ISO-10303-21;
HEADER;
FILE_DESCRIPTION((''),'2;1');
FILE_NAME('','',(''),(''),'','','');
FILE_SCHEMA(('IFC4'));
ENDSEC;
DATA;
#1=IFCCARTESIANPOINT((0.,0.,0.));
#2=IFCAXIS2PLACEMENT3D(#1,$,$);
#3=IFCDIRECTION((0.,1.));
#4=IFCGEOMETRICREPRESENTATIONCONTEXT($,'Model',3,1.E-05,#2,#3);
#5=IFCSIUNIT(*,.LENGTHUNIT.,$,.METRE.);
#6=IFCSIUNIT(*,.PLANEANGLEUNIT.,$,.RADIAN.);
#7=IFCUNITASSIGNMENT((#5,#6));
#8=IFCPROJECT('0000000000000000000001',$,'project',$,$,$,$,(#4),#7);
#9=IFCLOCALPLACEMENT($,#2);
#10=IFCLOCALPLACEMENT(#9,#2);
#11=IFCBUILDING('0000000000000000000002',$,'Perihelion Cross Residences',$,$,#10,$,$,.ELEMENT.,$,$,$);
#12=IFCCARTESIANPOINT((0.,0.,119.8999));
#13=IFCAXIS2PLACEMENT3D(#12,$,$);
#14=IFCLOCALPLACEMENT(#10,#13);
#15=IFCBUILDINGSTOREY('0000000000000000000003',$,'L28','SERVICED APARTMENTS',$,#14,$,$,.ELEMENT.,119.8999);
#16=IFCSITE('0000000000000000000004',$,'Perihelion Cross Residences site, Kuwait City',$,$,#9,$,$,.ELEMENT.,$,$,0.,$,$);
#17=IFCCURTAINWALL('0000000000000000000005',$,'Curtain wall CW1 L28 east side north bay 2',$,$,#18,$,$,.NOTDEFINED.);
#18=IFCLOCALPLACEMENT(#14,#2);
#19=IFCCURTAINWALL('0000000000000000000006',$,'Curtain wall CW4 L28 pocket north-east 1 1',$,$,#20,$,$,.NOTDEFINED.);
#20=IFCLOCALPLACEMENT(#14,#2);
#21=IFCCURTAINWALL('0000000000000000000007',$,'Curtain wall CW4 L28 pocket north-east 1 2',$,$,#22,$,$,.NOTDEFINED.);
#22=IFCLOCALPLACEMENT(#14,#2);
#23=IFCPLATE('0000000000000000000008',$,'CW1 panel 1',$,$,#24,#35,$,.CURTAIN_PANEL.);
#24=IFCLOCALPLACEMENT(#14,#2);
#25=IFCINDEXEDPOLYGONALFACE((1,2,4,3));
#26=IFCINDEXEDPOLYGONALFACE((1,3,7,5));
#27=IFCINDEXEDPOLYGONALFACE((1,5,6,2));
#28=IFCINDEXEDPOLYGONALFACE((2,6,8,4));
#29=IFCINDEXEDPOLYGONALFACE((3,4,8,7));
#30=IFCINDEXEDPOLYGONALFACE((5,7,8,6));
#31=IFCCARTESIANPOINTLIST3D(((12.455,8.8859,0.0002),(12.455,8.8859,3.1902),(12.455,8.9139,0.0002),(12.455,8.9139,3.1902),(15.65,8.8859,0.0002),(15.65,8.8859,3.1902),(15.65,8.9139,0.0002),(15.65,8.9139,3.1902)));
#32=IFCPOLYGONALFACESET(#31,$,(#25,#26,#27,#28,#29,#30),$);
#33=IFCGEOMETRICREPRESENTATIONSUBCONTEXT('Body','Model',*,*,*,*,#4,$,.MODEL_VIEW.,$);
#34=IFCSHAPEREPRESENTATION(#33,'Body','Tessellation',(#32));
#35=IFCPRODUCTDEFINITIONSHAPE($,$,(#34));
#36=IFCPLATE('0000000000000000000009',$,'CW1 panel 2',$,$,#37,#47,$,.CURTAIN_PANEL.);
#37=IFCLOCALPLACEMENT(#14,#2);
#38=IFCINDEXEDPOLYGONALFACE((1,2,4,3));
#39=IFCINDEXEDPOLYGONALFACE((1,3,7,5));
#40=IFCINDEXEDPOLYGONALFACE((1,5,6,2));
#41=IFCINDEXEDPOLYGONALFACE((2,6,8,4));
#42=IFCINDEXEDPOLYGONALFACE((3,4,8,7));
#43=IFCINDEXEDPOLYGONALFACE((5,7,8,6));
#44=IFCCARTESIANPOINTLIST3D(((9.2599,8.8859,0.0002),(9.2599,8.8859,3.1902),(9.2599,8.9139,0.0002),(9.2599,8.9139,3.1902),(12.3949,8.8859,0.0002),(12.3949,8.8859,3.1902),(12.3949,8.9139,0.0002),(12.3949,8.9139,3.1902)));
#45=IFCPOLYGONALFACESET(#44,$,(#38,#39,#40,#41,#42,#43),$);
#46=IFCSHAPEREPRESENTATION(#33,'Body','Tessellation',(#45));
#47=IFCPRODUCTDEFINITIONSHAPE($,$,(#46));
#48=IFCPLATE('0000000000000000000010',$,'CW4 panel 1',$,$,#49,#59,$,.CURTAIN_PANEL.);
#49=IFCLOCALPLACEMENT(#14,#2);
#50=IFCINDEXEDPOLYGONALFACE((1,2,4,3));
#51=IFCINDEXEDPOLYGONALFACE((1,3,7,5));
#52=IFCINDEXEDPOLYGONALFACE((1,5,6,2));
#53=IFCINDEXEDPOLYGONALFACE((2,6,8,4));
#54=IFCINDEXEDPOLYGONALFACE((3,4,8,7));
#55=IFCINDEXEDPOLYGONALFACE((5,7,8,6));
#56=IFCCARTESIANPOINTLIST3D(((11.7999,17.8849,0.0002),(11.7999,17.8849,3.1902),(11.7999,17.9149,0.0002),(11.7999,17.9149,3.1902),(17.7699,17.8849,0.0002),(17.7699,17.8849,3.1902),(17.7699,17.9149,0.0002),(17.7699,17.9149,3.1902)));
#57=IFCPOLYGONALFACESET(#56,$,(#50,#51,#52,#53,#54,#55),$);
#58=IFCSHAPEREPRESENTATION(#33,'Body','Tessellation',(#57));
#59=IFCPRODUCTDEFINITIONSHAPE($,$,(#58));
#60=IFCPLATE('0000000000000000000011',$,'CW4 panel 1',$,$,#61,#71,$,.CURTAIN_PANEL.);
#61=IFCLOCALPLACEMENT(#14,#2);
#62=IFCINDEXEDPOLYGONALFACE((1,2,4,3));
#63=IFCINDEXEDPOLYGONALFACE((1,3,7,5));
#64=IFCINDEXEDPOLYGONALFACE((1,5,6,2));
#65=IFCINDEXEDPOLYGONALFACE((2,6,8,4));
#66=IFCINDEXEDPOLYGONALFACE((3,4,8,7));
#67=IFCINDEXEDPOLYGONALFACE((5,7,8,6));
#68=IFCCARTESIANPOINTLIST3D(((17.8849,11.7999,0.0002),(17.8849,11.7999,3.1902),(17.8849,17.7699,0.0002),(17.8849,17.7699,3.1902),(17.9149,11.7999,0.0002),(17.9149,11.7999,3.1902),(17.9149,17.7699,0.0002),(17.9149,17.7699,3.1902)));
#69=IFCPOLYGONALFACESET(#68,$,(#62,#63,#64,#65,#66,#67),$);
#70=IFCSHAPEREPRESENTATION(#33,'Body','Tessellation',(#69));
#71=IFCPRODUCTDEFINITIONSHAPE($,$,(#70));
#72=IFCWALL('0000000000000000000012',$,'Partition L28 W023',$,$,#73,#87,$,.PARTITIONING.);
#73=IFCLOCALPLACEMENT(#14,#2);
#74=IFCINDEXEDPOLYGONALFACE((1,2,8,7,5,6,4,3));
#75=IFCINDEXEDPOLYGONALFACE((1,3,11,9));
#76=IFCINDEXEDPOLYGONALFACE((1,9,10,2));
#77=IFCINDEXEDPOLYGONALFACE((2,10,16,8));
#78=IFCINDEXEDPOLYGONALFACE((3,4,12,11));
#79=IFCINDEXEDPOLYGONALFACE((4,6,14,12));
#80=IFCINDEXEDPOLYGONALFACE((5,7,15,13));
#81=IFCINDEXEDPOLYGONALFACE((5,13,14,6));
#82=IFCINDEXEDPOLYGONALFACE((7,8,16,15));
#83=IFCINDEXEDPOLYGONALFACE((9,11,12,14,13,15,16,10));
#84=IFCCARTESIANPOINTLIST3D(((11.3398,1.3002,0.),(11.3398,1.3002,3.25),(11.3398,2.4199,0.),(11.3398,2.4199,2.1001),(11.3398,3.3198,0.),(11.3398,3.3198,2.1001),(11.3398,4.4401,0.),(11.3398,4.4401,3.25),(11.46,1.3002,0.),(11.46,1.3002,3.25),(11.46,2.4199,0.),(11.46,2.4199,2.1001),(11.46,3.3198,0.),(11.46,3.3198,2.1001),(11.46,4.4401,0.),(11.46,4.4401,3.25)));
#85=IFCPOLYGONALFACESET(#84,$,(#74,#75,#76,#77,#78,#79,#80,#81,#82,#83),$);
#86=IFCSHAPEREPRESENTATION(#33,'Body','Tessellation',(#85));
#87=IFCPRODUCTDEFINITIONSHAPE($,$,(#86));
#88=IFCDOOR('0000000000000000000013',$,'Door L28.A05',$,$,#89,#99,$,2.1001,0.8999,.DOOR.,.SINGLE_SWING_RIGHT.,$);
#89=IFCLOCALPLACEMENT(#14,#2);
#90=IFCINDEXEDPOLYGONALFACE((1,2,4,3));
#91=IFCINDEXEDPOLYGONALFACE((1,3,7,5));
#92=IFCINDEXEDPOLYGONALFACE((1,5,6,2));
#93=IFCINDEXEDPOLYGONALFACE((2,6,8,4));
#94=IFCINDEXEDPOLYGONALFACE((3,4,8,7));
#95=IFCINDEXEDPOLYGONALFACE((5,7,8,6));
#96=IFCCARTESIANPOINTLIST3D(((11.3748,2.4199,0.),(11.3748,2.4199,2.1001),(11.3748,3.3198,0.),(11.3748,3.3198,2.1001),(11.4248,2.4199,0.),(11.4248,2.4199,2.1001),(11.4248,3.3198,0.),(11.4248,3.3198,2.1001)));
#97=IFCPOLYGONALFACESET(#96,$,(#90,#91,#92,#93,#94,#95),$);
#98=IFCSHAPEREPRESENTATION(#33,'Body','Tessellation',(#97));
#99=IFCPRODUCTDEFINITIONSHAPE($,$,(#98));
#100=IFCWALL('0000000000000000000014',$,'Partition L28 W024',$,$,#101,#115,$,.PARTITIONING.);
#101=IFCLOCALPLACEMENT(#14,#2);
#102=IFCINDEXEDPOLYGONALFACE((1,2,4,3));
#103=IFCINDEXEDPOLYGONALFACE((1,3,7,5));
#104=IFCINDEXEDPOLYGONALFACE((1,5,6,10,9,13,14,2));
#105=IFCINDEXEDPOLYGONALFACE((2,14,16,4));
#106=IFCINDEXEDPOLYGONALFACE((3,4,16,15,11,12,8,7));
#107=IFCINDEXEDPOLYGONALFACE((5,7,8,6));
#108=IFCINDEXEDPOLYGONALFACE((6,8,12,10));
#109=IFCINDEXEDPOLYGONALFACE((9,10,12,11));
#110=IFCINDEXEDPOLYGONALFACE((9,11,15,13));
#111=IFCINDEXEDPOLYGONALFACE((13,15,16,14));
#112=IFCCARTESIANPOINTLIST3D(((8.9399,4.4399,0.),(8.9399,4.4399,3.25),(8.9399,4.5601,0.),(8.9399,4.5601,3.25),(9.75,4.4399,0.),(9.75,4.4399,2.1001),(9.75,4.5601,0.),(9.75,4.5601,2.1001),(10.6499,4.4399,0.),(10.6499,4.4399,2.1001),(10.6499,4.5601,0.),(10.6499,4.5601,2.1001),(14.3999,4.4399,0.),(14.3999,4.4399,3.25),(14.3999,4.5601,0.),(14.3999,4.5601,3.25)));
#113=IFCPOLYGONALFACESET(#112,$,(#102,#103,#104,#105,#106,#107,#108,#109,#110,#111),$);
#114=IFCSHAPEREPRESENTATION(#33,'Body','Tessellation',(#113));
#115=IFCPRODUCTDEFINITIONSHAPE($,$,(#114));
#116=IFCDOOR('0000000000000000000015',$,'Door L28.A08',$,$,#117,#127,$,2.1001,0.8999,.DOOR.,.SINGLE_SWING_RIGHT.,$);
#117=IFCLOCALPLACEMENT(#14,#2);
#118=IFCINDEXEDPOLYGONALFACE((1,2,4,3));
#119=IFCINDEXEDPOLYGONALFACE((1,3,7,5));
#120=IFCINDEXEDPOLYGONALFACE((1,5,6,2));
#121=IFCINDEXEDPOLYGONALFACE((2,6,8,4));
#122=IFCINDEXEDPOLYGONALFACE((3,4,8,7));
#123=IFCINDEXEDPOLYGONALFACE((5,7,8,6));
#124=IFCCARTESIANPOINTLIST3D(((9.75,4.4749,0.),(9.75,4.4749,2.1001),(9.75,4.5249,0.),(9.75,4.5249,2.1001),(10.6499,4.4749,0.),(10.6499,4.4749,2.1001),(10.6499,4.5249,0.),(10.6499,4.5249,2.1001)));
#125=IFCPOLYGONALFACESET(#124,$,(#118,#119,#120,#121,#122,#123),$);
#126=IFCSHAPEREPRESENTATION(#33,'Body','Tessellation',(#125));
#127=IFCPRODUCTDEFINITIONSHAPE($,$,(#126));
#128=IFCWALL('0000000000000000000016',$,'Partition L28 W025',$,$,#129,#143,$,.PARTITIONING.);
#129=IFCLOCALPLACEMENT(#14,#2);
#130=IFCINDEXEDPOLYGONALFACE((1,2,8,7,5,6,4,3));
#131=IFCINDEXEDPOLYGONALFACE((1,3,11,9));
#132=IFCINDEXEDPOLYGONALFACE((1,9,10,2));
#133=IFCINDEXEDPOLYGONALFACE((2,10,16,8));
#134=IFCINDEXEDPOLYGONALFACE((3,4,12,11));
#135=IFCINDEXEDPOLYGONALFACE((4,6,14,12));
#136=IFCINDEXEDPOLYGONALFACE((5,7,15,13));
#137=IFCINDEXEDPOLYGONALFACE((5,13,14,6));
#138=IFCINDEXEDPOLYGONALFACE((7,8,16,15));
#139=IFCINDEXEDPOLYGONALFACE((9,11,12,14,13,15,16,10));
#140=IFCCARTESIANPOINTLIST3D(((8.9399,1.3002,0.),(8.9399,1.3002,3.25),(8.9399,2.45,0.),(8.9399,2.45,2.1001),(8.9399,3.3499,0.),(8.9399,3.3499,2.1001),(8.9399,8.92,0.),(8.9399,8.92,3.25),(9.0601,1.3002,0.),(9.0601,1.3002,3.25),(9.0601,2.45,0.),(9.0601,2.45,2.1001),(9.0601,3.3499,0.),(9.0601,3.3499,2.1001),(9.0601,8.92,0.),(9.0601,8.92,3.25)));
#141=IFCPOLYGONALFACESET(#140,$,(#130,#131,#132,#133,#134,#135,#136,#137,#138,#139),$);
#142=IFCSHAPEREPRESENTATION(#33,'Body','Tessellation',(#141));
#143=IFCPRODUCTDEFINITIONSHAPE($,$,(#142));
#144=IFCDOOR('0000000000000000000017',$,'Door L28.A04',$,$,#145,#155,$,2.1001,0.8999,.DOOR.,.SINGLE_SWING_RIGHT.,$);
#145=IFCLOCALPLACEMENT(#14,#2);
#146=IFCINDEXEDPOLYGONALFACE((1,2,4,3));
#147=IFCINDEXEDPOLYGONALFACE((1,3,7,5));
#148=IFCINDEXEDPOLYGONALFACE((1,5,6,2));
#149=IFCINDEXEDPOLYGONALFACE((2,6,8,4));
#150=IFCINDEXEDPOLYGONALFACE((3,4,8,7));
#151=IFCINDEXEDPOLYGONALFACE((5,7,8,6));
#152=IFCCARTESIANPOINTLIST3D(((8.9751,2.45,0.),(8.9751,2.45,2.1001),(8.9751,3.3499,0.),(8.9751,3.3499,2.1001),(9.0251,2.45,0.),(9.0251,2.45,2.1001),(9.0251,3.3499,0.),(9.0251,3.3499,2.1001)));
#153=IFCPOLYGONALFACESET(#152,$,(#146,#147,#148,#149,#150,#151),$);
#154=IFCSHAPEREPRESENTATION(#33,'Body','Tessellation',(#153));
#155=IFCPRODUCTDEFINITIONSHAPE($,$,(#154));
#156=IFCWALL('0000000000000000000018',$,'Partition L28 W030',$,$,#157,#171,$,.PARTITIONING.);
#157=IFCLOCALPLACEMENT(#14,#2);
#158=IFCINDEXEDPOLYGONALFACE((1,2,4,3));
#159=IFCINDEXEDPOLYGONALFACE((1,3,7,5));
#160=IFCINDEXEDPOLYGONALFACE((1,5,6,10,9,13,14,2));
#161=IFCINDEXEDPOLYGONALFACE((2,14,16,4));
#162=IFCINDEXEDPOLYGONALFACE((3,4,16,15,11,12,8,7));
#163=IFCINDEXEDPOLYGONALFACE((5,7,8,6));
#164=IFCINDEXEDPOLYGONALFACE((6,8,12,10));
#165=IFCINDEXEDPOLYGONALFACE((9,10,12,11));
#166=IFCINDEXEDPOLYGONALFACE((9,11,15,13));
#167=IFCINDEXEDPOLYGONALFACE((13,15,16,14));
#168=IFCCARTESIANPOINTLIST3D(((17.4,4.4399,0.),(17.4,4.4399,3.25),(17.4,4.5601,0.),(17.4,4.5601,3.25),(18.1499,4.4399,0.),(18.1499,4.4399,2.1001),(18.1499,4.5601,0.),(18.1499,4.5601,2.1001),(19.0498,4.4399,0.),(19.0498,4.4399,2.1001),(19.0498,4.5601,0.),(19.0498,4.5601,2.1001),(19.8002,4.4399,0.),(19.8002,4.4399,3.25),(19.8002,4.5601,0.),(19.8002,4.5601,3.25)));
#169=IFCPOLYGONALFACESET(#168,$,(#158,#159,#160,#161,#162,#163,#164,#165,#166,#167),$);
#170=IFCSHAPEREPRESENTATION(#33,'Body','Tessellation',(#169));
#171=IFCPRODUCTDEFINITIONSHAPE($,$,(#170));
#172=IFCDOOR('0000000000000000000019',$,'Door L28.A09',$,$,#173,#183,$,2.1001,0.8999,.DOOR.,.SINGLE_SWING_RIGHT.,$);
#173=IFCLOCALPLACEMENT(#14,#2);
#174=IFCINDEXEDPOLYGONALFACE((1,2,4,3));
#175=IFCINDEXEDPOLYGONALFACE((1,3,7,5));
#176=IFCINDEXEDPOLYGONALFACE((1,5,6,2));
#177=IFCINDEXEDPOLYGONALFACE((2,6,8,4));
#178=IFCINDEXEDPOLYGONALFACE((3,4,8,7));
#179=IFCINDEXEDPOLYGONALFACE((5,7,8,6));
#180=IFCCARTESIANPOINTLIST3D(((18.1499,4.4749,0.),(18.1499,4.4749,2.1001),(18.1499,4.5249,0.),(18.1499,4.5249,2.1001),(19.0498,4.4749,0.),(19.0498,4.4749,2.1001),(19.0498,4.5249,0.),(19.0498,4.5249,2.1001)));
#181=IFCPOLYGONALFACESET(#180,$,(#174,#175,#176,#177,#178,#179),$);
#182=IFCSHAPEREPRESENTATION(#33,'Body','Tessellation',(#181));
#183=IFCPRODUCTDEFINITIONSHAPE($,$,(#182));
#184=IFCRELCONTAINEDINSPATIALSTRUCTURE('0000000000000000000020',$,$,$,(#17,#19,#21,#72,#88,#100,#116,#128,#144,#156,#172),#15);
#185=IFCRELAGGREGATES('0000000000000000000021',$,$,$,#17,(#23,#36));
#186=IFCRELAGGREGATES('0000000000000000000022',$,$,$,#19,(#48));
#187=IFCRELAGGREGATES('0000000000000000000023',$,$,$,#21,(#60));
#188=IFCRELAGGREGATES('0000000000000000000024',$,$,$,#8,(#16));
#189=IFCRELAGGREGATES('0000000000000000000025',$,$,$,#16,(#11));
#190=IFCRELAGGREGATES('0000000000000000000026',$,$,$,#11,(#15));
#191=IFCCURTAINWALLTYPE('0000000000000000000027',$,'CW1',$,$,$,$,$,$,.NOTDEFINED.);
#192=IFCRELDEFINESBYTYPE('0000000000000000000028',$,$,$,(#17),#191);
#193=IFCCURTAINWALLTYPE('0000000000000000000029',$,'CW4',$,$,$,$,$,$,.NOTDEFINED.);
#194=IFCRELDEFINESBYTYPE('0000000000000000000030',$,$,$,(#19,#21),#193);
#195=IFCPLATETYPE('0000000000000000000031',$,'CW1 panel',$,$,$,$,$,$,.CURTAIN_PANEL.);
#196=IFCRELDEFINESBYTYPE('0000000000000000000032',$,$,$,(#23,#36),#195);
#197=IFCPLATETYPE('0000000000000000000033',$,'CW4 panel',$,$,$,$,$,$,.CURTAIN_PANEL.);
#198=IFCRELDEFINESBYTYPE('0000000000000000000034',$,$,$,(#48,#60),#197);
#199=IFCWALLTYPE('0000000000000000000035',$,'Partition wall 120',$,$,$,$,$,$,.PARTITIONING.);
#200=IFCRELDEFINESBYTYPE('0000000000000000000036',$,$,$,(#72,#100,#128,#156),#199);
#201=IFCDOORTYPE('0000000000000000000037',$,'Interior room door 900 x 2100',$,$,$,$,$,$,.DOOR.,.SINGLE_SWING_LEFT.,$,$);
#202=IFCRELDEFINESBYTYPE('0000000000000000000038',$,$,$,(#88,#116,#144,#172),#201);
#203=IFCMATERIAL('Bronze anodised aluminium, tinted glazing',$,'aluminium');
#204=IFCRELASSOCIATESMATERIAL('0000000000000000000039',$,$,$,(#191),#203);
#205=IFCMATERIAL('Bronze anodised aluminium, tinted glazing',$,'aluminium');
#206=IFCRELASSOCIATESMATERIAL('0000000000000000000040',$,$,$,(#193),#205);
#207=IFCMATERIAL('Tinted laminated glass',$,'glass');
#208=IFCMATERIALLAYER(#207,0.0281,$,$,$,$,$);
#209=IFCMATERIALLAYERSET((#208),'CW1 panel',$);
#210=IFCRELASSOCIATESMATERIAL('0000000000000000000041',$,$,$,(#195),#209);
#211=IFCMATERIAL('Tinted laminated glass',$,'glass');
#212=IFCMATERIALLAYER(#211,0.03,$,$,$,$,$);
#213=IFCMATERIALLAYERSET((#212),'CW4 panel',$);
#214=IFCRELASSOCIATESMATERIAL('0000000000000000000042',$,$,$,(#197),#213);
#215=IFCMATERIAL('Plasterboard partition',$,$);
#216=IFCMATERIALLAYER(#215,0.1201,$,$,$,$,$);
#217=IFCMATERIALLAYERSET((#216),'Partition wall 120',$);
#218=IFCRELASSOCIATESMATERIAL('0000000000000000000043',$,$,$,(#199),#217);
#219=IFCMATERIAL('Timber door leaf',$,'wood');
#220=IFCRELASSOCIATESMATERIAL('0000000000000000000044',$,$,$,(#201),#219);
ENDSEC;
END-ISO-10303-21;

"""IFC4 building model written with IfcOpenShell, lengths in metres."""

from ifc_helpers import new_model, si_unit, direction, frame, frame_2d, origin, origin_2d, place, context, subcontext, project, spatial, rectangle, extrude, material, layer, layer_set, type_object, element, fill, aggregate, save


model = new_model("IFC4")

# Units and contexts
model_context = context("Model", 3, precision=1e-05, world=origin(), true_north=direction((0.0, 1.0)))
body_context = subcontext(model_context, "Body", "Model", "MODEL_VIEW")
ifc_project = project(units=[si_unit("LENGTHUNIT", "METRE"), si_unit("PLANEANGLEUNIT", "RADIAN")], contexts=[model_context])

# Site, building, storey
site_placement = place(None, origin())
site = spatial("IfcSite", under=ifc_project, at=site_placement, Name="Perihelion Cross Residences site, Kuwait City", CompositionType="ELEMENT", RefElevation=0.0)
building_placement = place(site_placement, origin())
building = spatial("IfcBuilding", under=site, at=building_placement, Name="Perihelion Cross Residences", CompositionType="ELEMENT")
storey_placement = place(building_placement, frame((0.0, 0.0, 119.8999)))
storey = spatial("IfcBuildingStorey", under=building, at=storey_placement, Name="L28", Description="SERVICED APARTMENTS", CompositionType="ELEMENT", Elevation=119.8999)

# Curtain walls
ifc_material_1 = material(Name="Bronze anodised aluminium, tinted glazing", Category="aluminium")
curtain_wall_type_1 = type_object("IfcCurtainWallType", Name="CW1", PredefinedType="NOTDEFINED", material=ifc_material_1)
curtain_wall_1_placement = place(storey_placement, origin())
curtain_wall_1 = element("IfcCurtainWall", 1, at=curtain_wall_1_placement, inside=storey, type_object=curtain_wall_type_1, Name="Curtain wall CW1 L28 east side north bay 2", PredefinedType="NOTDEFINED")
ifc_material_2 = material(Name="Bronze anodised aluminium, tinted glazing", Category="aluminium")
curtain_wall_type_2 = type_object("IfcCurtainWallType", Name="CW4", PredefinedType="NOTDEFINED", material=ifc_material_2)
curtain_wall_2_placement = place(storey_placement, origin())
curtain_wall_2 = element("IfcCurtainWall", 2, at=curtain_wall_2_placement, inside=storey, type_object=curtain_wall_type_2, Name="Curtain wall CW4 L28 pocket north-east 1 1", PredefinedType="NOTDEFINED")
curtain_wall_3_placement = place(storey_placement, origin())
curtain_wall_3 = element("IfcCurtainWall", 3, at=curtain_wall_3_placement, inside=storey, type_object=curtain_wall_type_2, Name="Curtain wall CW4 L28 pocket north-east 1 2", PredefinedType="NOTDEFINED")

# Plates
ifc_material_3 = material(Name="Tinted laminated glass", Category="glass")
ifc_layer_1 = layer(ifc_material_3, 0.0281)
ifc_layer_set_1 = layer_set([ifc_layer_1], Name="CW1 panel")
plate_type_1 = type_object("IfcPlateType", Name="CW1 panel", PredefinedType="CURTAIN_PANEL", material=ifc_layer_set_1)
plate_1_placement = place(storey_placement, frame((14.0525, 8.8999, 0.0002), z_axis=(0.0, 0.0, 1.0), x_axis=(-1.0, 0.0, 0.0)))
plate_1 = element("IfcPlate", 4, at=plate_1_placement, type_object=plate_type_1, Name="CW1 panel 1", PredefinedType="CURTAIN_PANEL", context=body_context, shape_type="SweptSolid", body=[
    extrude(rectangle(XDim=3.1951, YDim=0.0281, at=origin_2d()), origin(), (0.0, 0.0, 1.0), 3.1899),
])
plate_2_placement = place(storey_placement, frame((10.8274, 8.8999, 0.0002), z_axis=(0.0, 0.0, 1.0), x_axis=(-1.0, 0.0, 0.0)))
plate_2 = element("IfcPlate", 5, at=plate_2_placement, type_object=plate_type_1, Name="CW1 panel 2", PredefinedType="CURTAIN_PANEL", context=body_context, shape_type="SweptSolid", body=[
    extrude(rectangle(XDim=3.135, YDim=0.0281, at=origin_2d()), origin(), (0.0, 0.0, 1.0), 3.1899),
])
aggregate(curtain_wall_1, [plate_1, plate_2])
ifc_material_4 = material(Name="Tinted laminated glass", Category="glass")
ifc_layer_2 = layer(ifc_material_4, 0.03)
ifc_layer_set_2 = layer_set([ifc_layer_2], Name="CW4 panel")
plate_type_2 = type_object("IfcPlateType", Name="CW4 panel", PredefinedType="CURTAIN_PANEL", material=ifc_layer_set_2)
plate_3_placement = place(storey_placement, frame((14.7849, 17.8999, 0.0002), z_axis=(0.0, 0.0, 1.0), x_axis=(1.0, 0.0, 0.0)))
plate_3 = element("IfcPlate", 6, at=plate_3_placement, type_object=plate_type_2, Name="CW4 panel 1", PredefinedType="CURTAIN_PANEL", context=body_context, shape_type="SweptSolid", body=[
    extrude(rectangle(XDim=5.97, YDim=0.03, at=origin_2d()), origin(), (0.0, 0.0, 1.0), 3.1899),
])
aggregate(curtain_wall_2, [plate_3])
plate_4_placement = place(storey_placement, frame((17.8999, 14.7849, 0.0002), z_axis=(0.0, 0.0, 1.0), x_axis=(0.0, -1.0, 0.0)))
plate_4 = element("IfcPlate", 7, at=plate_4_placement, type_object=plate_type_2, Name="CW4 panel 1", PredefinedType="CURTAIN_PANEL", context=body_context, shape_type="SweptSolid", body=[
    extrude(rectangle(XDim=5.97, YDim=0.03, at=origin_2d()), origin(), (0.0, 0.0, 1.0), 3.1899),
])
aggregate(curtain_wall_3, [plate_4])

# Walls, openings, doors
ifc_material_5 = material(Name="Plasterboard partition")
ifc_layer_3 = layer(ifc_material_5, 0.1201)
ifc_layer_set_3 = layer_set([ifc_layer_3], Name="Partition wall 120")
wall_type_1 = type_object("IfcWallType", Name="Partition wall 120", PredefinedType="PARTITIONING", material=ifc_layer_set_3)
wall_1_placement = place(storey_placement, frame((11.3999, 4.4399, 0.0), z_axis=(0.0, 0.0, 1.0), x_axis=(0.0, -1.0, 0.0)))
wall_1 = element("IfcWall", 8, at=wall_1_placement, inside=storey, type_object=wall_type_1, Name="Partition L28 W023", PredefinedType="PARTITIONING", context=body_context, shape_type="SweptSolid", body=[
    extrude(rectangle(XDim=3.1399, YDim=0.1201, at=frame_2d((1.5698, 0.0))), origin(), (0.0, 0.0, 1.0), 3.25),
])
opening_1_placement = place(wall_1_placement, frame((1.1201, 0.0, 0.0)))
opening_1 = element("IfcOpeningElement", 9, at=opening_1_placement, cuts=wall_1, PredefinedType="OPENING", context=body_context, shape_type="SweptSolid", body=[
    extrude(rectangle(XDim=0.8999, YDim=2.1001, at=frame_2d((0.45, 1.05))), frame((0.0, 0.0701, 0.0), z_axis=(0.0, -1.0, 0.0), x_axis=(1.0, 0.0, 0.0)), (0.0, 0.0, 1.0), 0.1401),
])
ifc_material_6 = material(Name="Timber door leaf", Category="wood")
door_type_1 = type_object("IfcDoorType", Name="Interior room door 900 x 2100", OperationType="SINGLE_SWING_LEFT", PredefinedType="DOOR", material=ifc_material_6)
door_1_placement = place(opening_1_placement, origin())
door_1 = element("IfcDoor", 10, at=door_1_placement, inside=storey, type_object=door_type_1, Name="Door L28.A05", OperationType="SINGLE_SWING_RIGHT", OverallHeight=2.1001, OverallWidth=0.8999, PredefinedType="DOOR", context=body_context, shape_type="SweptSolid", body=[
    extrude(rectangle(XDim=0.8999, YDim=2.1001, at=frame_2d((0.45, 1.05))), frame((0.0, 0.0249, 0.0), z_axis=(0.0, -1.0, 0.0), x_axis=(1.0, 0.0, 0.0)), (0.0, 0.0, 1.0), 0.05),
])
fill(opening_1, door_1)
wall_2_placement = place(storey_placement, frame((8.9399, 4.5, 0.0), z_axis=(0.0, 0.0, 1.0), x_axis=(1.0, 0.0, 0.0)))
wall_2 = element("IfcWall", 11, at=wall_2_placement, inside=storey, type_object=wall_type_1, Name="Partition L28 W024", PredefinedType="PARTITIONING", context=body_context, shape_type="SweptSolid", body=[
    extrude(rectangle(XDim=5.46, YDim=0.1201, at=frame_2d((2.73, 0.0))), origin(), (0.0, 0.0, 1.0), 3.25),
])
opening_2_placement = place(wall_2_placement, frame((0.8101, 0.0, 0.0)))
opening_2 = element("IfcOpeningElement", 12, at=opening_2_placement, cuts=wall_2, PredefinedType="OPENING", context=body_context, shape_type="SweptSolid", body=[
    extrude(rectangle(XDim=0.8999, YDim=2.1001, at=frame_2d((0.45, 1.05))), frame((0.0, 0.0701, 0.0), z_axis=(0.0, -1.0, 0.0), x_axis=(1.0, 0.0, 0.0)), (0.0, 0.0, 1.0), 0.1401),
])
door_2_placement = place(opening_2_placement, origin())
door_2 = element("IfcDoor", 13, at=door_2_placement, inside=storey, type_object=door_type_1, Name="Door L28.A08", OperationType="SINGLE_SWING_RIGHT", OverallHeight=2.1001, OverallWidth=0.8999, PredefinedType="DOOR", context=body_context, shape_type="SweptSolid", body=[
    extrude(rectangle(XDim=0.8999, YDim=2.1001, at=frame_2d((0.45, 1.05))), frame((0.0, 0.0249, 0.0), z_axis=(0.0, -1.0, 0.0), x_axis=(1.0, 0.0, 0.0)), (0.0, 0.0, 1.0), 0.05),
])
fill(opening_2, door_2)
wall_3_placement = place(storey_placement, frame((9.0, 1.3, 0.0), z_axis=(0.0, 0.0, 1.0), x_axis=(0.0, 1.0, 0.0)))
wall_3 = element("IfcWall", 14, at=wall_3_placement, inside=storey, type_object=wall_type_1, Name="Partition L28 W025", PredefinedType="PARTITIONING", context=body_context, shape_type="SweptSolid", body=[
    extrude(rectangle(XDim=7.6199, YDim=0.1201, at=frame_2d((3.8101, 0.0))), origin(), (0.0, 0.0, 1.0), 3.25),
])
opening_3_placement = place(wall_3_placement, frame((1.1499, 0.0, 0.0)))
opening_3 = element("IfcOpeningElement", 15, at=opening_3_placement, cuts=wall_3, PredefinedType="OPENING", context=body_context, shape_type="SweptSolid", body=[
    extrude(rectangle(XDim=0.8999, YDim=2.1001, at=frame_2d((0.45, 1.05))), frame((0.0, 0.0701, 0.0), z_axis=(0.0, -1.0, 0.0), x_axis=(1.0, 0.0, 0.0)), (0.0, 0.0, 1.0), 0.1401),
])
door_3_placement = place(opening_3_placement, origin())
door_3 = element("IfcDoor", 16, at=door_3_placement, inside=storey, type_object=door_type_1, Name="Door L28.A04", OperationType="SINGLE_SWING_RIGHT", OverallHeight=2.1001, OverallWidth=0.8999, PredefinedType="DOOR", context=body_context, shape_type="SweptSolid", body=[
    extrude(rectangle(XDim=0.8999, YDim=2.1001, at=frame_2d((0.45, 1.05))), frame((0.0, 0.0249, 0.0), z_axis=(0.0, -1.0, 0.0), x_axis=(1.0, 0.0, 0.0)), (0.0, 0.0, 1.0), 0.05),
])
fill(opening_3, door_3)
wall_4_placement = place(storey_placement, frame((17.3999, 4.5, 0.0), z_axis=(0.0, 0.0, 1.0), x_axis=(1.0, 0.0, 0.0)))
wall_4 = element("IfcWall", 17, at=wall_4_placement, inside=storey, type_object=wall_type_1, Name="Partition L28 W030", PredefinedType="PARTITIONING", context=body_context, shape_type="SweptSolid", body=[
    extrude(rectangle(XDim=2.4001, YDim=0.1201, at=frame_2d((1.2002, 0.0))), origin(), (0.0, 0.0, 1.0), 3.25),
])
opening_4_placement = place(wall_4_placement, frame((0.75, 0.0, 0.0)))
opening_4 = element("IfcOpeningElement", 18, at=opening_4_placement, cuts=wall_4, PredefinedType="OPENING", context=body_context, shape_type="SweptSolid", body=[
    extrude(rectangle(XDim=0.8999, YDim=2.1001, at=frame_2d((0.45, 1.05))), frame((0.0, 0.0701, 0.0), z_axis=(0.0, -1.0, 0.0), x_axis=(1.0, 0.0, 0.0)), (0.0, 0.0, 1.0), 0.1401),
])
door_4_placement = place(opening_4_placement, origin())
door_4 = element("IfcDoor", 19, at=door_4_placement, inside=storey, type_object=door_type_1, Name="Door L28.A09", OperationType="SINGLE_SWING_RIGHT", OverallHeight=2.1001, OverallWidth=0.8999, PredefinedType="DOOR", context=body_context, shape_type="SweptSolid", body=[
    extrude(rectangle(XDim=0.8999, YDim=2.1001, at=frame_2d((0.45, 1.05))), frame((0.0, 0.0249, 0.0), z_axis=(0.0, -1.0, 0.0), x_axis=(1.0, 0.0, 0.0)), (0.0, 0.0, 1.0), 0.05),
])
fill(opening_4, door_4)

save(model, "model.ifc")
